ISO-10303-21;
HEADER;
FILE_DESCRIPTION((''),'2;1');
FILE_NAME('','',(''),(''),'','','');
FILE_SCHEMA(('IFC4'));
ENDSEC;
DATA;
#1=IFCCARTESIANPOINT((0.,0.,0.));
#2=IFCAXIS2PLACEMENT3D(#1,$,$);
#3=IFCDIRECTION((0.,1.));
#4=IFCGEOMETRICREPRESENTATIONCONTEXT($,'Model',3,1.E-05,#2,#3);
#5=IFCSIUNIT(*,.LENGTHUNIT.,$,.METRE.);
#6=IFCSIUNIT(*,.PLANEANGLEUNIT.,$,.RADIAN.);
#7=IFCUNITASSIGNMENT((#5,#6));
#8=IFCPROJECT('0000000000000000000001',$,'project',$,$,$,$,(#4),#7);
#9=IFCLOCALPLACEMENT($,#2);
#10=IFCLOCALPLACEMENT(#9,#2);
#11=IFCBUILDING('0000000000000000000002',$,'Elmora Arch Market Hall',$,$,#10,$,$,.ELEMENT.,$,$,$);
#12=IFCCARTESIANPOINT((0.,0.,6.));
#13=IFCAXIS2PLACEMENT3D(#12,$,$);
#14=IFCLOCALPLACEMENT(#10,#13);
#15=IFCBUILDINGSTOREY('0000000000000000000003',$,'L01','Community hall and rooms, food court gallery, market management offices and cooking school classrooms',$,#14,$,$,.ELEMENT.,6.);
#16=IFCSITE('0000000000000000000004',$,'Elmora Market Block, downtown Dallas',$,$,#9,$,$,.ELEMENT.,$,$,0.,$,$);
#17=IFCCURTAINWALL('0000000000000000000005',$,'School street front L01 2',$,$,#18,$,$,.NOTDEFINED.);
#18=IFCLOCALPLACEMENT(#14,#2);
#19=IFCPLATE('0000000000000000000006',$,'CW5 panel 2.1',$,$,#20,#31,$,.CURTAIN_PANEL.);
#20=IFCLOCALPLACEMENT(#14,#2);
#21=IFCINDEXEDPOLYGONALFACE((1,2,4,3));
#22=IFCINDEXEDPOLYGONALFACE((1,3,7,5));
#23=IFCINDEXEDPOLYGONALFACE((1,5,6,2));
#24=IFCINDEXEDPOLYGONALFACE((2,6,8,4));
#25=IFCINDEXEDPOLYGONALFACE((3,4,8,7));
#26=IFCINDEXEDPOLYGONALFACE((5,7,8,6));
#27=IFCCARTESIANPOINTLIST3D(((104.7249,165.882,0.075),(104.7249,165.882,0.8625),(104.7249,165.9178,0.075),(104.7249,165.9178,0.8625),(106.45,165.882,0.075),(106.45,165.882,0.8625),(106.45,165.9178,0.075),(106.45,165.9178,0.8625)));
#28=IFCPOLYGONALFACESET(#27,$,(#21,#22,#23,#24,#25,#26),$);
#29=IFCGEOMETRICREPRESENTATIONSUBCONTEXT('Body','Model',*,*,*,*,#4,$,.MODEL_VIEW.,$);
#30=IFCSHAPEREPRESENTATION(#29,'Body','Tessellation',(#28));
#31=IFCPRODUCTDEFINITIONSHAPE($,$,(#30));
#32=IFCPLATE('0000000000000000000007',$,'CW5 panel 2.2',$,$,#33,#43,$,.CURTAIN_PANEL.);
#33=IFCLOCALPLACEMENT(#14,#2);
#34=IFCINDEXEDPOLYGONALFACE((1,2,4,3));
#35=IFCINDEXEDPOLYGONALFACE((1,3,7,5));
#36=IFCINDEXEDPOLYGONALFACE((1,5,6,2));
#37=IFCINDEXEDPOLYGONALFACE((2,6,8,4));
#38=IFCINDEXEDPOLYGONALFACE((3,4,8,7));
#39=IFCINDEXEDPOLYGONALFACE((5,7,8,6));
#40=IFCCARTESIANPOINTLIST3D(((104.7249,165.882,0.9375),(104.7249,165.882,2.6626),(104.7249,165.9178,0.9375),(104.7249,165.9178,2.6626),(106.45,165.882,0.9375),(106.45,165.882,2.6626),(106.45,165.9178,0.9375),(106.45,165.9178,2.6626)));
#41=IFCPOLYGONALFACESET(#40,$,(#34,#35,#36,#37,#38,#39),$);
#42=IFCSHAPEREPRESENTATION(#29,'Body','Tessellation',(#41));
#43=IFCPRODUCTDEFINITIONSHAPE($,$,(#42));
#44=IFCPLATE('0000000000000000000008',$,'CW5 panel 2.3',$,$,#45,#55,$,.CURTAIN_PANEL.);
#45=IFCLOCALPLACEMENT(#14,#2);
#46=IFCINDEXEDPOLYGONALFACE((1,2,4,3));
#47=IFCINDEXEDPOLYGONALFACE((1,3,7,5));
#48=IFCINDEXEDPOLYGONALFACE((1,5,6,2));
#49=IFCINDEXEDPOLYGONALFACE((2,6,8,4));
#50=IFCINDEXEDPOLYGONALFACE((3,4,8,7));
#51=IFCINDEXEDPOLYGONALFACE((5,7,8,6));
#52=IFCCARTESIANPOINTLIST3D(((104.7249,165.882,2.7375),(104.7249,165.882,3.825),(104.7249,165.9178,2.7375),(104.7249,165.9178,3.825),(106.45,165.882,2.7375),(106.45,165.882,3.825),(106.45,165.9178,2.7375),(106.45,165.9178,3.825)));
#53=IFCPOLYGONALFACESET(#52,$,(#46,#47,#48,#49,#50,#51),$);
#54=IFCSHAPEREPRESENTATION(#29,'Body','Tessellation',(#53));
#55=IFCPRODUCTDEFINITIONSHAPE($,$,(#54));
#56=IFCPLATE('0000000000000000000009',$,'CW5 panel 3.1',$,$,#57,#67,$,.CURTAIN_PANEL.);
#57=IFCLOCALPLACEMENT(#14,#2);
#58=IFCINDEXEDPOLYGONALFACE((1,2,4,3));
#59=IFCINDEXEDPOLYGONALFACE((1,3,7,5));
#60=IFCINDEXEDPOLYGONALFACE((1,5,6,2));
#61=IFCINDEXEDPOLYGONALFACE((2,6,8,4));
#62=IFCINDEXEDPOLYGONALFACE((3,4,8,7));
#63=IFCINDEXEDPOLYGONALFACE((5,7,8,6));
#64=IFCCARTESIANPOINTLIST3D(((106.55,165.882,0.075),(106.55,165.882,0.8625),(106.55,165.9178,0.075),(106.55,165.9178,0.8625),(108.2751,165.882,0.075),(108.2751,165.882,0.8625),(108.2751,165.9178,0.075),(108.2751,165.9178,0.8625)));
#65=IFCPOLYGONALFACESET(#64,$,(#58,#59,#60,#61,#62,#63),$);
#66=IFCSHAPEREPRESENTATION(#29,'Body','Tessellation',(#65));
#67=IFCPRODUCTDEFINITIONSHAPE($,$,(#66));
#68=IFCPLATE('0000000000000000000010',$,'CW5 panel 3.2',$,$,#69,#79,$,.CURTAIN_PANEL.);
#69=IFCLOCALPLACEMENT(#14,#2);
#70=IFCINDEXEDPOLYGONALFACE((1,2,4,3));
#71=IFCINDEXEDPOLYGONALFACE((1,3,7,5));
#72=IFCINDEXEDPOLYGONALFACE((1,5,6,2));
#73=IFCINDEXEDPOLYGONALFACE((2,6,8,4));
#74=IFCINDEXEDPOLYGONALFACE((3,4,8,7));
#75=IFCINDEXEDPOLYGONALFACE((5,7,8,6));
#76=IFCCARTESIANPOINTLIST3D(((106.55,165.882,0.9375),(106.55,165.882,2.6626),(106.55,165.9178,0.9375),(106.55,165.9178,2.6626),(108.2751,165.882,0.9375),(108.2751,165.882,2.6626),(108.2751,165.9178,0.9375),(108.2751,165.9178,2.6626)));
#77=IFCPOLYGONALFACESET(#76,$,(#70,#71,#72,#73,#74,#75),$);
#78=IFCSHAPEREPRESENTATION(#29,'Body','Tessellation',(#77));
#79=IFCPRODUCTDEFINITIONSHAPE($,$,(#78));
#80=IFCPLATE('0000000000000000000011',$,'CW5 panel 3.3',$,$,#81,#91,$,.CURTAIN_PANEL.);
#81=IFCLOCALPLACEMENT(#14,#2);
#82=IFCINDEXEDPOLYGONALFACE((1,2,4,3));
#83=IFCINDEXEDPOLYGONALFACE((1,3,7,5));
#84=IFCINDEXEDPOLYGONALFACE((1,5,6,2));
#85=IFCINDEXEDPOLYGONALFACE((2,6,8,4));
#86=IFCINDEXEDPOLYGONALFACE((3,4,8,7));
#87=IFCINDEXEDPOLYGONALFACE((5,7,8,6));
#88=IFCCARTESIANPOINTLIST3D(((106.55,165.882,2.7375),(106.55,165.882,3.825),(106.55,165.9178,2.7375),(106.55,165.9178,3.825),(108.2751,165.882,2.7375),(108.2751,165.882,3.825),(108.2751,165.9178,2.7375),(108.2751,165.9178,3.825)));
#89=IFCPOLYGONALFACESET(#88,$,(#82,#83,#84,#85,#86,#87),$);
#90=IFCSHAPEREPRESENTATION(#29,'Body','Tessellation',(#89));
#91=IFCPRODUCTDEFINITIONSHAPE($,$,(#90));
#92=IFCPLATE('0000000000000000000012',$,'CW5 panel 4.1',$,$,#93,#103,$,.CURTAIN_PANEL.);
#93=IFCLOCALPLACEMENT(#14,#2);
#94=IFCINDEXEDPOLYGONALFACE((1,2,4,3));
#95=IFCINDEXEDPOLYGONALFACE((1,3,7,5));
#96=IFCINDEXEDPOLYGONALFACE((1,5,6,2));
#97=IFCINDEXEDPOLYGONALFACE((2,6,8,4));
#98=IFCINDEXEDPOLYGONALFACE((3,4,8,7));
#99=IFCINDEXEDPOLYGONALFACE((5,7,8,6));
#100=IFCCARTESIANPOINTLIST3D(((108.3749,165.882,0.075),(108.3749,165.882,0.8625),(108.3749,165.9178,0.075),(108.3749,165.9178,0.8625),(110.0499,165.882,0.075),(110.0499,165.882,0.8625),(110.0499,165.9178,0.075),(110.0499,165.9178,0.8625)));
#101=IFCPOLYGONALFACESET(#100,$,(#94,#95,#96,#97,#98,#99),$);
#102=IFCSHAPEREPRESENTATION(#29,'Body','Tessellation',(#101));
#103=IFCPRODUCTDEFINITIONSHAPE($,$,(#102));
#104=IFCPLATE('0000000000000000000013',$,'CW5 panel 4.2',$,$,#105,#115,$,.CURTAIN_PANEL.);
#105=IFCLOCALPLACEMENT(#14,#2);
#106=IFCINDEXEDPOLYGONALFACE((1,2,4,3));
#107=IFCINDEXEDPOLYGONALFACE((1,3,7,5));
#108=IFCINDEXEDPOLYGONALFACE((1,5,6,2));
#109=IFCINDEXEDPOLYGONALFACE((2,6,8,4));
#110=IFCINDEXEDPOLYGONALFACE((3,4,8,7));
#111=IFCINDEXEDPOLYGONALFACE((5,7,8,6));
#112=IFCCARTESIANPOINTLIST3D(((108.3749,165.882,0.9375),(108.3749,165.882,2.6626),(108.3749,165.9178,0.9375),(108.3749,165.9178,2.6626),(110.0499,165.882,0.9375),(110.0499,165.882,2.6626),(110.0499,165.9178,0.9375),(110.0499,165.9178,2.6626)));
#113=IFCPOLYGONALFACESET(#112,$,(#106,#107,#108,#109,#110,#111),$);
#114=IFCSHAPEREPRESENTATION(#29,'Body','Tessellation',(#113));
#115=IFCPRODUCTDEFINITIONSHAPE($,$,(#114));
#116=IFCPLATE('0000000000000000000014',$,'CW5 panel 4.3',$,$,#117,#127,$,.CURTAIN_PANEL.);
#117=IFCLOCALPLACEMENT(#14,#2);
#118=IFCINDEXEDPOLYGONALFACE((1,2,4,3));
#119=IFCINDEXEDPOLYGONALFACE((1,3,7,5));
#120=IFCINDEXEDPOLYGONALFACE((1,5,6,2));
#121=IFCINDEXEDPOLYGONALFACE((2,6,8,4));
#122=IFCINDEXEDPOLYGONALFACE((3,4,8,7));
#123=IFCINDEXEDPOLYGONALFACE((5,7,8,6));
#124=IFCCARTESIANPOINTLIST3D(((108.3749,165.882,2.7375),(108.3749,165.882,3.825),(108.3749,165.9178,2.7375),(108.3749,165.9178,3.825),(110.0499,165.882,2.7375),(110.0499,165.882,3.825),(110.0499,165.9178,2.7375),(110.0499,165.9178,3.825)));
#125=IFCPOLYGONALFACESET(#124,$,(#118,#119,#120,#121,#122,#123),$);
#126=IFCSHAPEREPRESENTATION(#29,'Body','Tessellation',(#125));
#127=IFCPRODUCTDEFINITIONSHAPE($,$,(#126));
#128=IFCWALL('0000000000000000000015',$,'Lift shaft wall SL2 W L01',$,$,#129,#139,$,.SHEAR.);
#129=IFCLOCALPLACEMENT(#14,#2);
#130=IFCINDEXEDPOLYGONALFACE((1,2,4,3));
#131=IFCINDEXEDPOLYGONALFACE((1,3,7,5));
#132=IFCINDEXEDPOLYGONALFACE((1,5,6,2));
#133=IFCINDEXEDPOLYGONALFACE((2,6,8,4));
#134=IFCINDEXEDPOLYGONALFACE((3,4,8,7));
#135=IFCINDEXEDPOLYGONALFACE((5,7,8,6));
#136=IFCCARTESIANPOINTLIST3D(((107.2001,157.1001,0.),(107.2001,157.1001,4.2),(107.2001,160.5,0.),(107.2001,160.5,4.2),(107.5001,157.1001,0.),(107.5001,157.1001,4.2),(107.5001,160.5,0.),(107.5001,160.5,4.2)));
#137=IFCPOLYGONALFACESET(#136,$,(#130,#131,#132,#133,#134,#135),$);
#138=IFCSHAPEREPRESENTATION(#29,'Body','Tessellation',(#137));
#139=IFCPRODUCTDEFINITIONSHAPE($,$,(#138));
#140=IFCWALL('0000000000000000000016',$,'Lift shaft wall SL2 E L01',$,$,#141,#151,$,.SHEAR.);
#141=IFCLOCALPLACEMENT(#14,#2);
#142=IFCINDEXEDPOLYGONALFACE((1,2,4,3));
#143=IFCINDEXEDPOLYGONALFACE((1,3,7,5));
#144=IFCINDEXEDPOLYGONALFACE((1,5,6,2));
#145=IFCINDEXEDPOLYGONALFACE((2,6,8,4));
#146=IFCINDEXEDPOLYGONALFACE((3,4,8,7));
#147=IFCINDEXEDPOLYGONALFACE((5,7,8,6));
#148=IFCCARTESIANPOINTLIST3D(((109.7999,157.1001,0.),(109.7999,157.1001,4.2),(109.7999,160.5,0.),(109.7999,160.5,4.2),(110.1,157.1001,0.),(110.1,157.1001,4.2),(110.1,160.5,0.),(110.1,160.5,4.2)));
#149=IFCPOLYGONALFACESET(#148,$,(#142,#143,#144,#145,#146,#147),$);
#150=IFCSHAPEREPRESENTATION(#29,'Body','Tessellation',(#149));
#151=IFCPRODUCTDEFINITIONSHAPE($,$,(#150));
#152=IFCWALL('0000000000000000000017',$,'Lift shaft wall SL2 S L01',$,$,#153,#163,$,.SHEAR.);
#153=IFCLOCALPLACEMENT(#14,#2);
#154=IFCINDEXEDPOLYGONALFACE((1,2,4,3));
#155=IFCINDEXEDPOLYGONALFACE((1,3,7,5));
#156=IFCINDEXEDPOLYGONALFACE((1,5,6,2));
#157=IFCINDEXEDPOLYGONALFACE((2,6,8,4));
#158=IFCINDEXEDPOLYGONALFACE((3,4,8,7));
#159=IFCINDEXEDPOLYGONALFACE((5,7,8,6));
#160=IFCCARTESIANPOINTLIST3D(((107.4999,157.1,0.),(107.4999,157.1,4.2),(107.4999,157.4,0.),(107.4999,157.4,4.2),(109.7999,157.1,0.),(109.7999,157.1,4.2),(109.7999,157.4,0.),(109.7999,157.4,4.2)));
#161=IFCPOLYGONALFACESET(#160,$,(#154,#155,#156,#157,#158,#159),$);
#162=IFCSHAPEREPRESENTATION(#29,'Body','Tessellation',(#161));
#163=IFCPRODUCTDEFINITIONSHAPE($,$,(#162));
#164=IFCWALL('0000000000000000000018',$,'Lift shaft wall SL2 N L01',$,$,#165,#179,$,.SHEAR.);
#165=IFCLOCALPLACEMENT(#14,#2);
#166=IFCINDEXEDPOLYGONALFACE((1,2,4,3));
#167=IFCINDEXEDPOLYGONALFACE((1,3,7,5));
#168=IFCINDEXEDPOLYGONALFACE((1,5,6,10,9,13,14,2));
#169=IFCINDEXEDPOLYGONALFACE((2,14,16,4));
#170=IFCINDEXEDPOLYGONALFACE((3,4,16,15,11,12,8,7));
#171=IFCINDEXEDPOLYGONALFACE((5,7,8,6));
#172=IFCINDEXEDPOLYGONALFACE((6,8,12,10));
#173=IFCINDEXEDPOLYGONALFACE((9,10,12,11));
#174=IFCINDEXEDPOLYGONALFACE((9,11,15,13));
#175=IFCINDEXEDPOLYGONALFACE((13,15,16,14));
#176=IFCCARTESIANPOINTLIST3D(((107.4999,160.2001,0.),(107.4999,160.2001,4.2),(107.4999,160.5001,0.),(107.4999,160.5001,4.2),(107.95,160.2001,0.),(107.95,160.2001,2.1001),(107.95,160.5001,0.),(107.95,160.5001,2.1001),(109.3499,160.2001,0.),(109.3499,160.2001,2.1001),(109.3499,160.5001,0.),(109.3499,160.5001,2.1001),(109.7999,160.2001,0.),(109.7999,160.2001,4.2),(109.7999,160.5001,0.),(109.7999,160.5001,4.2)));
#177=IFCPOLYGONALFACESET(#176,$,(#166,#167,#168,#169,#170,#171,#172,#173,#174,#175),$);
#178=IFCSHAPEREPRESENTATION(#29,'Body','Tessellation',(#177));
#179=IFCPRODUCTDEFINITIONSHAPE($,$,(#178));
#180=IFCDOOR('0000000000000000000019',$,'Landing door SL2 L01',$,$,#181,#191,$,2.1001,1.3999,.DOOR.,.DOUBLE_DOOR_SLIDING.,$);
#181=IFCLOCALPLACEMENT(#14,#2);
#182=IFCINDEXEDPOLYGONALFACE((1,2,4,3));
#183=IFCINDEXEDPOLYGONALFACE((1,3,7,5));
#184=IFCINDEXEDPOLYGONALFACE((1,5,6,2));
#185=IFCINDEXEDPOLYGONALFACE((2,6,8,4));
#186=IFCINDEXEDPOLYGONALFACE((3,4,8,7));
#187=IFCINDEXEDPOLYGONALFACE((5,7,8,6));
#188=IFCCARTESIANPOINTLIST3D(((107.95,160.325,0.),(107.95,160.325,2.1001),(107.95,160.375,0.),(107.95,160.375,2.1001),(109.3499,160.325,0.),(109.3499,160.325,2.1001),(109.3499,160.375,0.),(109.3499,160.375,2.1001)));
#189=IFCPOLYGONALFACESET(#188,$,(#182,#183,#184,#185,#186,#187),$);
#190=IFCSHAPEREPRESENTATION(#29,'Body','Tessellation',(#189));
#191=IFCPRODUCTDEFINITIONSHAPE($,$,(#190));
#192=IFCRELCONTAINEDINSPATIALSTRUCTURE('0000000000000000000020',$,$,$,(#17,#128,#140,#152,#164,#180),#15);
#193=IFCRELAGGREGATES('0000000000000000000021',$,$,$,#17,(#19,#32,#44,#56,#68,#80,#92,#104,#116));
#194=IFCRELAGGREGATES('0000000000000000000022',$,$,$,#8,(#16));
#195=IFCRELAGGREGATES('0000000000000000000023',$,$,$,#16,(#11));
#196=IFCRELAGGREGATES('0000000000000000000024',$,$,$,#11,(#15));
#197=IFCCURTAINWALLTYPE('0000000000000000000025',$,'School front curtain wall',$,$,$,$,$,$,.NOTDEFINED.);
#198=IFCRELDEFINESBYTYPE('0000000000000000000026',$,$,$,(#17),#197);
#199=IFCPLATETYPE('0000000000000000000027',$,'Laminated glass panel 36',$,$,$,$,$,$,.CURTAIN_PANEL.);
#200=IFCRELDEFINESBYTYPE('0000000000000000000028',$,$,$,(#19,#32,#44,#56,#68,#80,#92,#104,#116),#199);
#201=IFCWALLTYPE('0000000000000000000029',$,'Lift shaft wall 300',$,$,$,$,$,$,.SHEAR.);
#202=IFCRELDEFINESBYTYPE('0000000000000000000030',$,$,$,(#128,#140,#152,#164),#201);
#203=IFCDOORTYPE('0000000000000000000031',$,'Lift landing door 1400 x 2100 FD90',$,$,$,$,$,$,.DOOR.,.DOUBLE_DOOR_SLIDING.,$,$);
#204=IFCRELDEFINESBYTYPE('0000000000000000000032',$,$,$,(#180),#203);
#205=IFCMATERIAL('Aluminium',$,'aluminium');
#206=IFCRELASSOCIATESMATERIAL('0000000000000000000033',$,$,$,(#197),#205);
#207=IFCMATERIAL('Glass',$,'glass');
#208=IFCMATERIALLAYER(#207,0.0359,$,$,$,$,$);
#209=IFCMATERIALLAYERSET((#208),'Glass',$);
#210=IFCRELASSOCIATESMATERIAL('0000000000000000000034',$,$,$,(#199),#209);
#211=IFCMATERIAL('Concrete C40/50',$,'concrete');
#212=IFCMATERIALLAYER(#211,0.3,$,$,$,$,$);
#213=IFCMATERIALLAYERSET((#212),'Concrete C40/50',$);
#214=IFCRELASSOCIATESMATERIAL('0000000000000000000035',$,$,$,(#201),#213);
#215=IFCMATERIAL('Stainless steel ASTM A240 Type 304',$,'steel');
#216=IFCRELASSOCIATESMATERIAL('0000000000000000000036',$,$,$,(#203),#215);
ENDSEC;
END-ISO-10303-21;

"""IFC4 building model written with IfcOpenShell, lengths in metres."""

from ifc_helpers import new_model, si_unit, direction, frame, frame_2d, origin, origin_2d, place, context, subcontext, project, spatial, rectangle, extrude, material, layer, layer_set, type_object, element, fill, aggregate, save


model = new_model("IFC4")

# Units and contexts
model_context = context("Model", 3, precision=1e-05, world=origin(), true_north=direction((0.0, 1.0)))
body_context = subcontext(model_context, "Body", "Model", "MODEL_VIEW")
ifc_project = project(units=[si_unit("LENGTHUNIT", "METRE"), si_unit("PLANEANGLEUNIT", "RADIAN")], contexts=[model_context])

# Site, building, storey
site_placement = place(None, origin())
site = spatial("IfcSite", under=ifc_project, at=site_placement, Name="Elmora Market Block, downtown Dallas", CompositionType="ELEMENT", RefElevation=0.0)
building_placement = place(site_placement, origin())
building = spatial("IfcBuilding", under=site, at=building_placement, Name="Elmora Arch Market Hall", CompositionType="ELEMENT")
storey_placement = place(building_placement, frame((0.0, 0.0, 6.0)))
storey = spatial("IfcBuildingStorey", under=building, at=storey_placement, Name="L01", Description="Community hall and rooms, food court gallery, market management offices and cooking school classrooms", CompositionType="ELEMENT", Elevation=6.0)

# Curtain wall, plates
ifc_material_1 = material(Name="Aluminium", Category="aluminium")
curtain_wall_type = type_object("IfcCurtainWallType", Name="School front curtain wall", PredefinedType="NOTDEFINED", material=ifc_material_1)
curtain_wall_placement = place(storey_placement, origin())
curtain_wall = element("IfcCurtainWall", 1, at=curtain_wall_placement, inside=storey, type_object=curtain_wall_type, Name="School street front L01 2", PredefinedType="NOTDEFINED")
ifc_material_2 = material(Name="Glass", Category="glass")
ifc_layer_1 = layer(ifc_material_2, 0.0359)
ifc_layer_set_1 = layer_set([ifc_layer_1], Name="Glass")
plate_type = type_object("IfcPlateType", Name="Laminated glass panel 36", PredefinedType="CURTAIN_PANEL", material=ifc_layer_set_1)
plate_1_placement = place(storey_placement, frame((105.5874, 165.8999, 0.075), z_axis=(0.0, 0.0, 1.0), x_axis=(1.0, 0.0, 0.0)))
plate_1 = element("IfcPlate", 2, at=plate_1_placement, type_object=plate_type, Name="CW5 panel 2.1", PredefinedType="CURTAIN_PANEL", context=body_context, shape_type="SweptSolid", body=[
    extrude(rectangle(XDim=1.7251, YDim=0.0359, at=origin_2d()), origin(), (0.0, 0.0, 1.0), 0.7876),
])
plate_2_placement = place(storey_placement, frame((105.5874, 165.8999, 0.9375), z_axis=(0.0, 0.0, 1.0), x_axis=(1.0, 0.0, 0.0)))
plate_2 = element("IfcPlate", 3, at=plate_2_placement, type_object=plate_type, Name="CW5 panel 2.2", PredefinedType="CURTAIN_PANEL", context=body_context, shape_type="SweptSolid", body=[
    extrude(rectangle(XDim=1.7251, YDim=0.0359, at=origin_2d()), origin(), (0.0, 0.0, 1.0), 1.7251),
])
plate_3_placement = place(storey_placement, frame((105.5874, 165.8999, 2.7375), z_axis=(0.0, 0.0, 1.0), x_axis=(1.0, 0.0, 0.0)))
plate_3 = element("IfcPlate", 4, at=plate_3_placement, type_object=plate_type, Name="CW5 panel 2.3", PredefinedType="CURTAIN_PANEL", context=body_context, shape_type="SweptSolid", body=[
    extrude(rectangle(XDim=1.7251, YDim=0.0359, at=origin_2d()), origin(), (0.0, 0.0, 1.0), 1.0874),
])
plate_4_placement = place(storey_placement, frame((107.4126, 165.8999, 0.075), z_axis=(0.0, 0.0, 1.0), x_axis=(1.0, 0.0, 0.0)))
plate_4 = element("IfcPlate", 5, at=plate_4_placement, type_object=plate_type, Name="CW5 panel 3.1", PredefinedType="CURTAIN_PANEL", context=body_context, shape_type="SweptSolid", body=[
    extrude(rectangle(XDim=1.7251, YDim=0.0359, at=origin_2d()), origin(), (0.0, 0.0, 1.0), 0.7876),
])
plate_5_placement = place(storey_placement, frame((107.4126, 165.8999, 0.9375), z_axis=(0.0, 0.0, 1.0), x_axis=(1.0, 0.0, 0.0)))
plate_5 = element("IfcPlate", 6, at=plate_5_placement, type_object=plate_type, Name="CW5 panel 3.2", PredefinedType="CURTAIN_PANEL", context=body_context, shape_type="SweptSolid", body=[
    extrude(rectangle(XDim=1.7251, YDim=0.0359, at=origin_2d()), origin(), (0.0, 0.0, 1.0), 1.7251),
])
plate_6_placement = place(storey_placement, frame((107.4126, 165.8999, 2.7375), z_axis=(0.0, 0.0, 1.0), x_axis=(1.0, 0.0, 0.0)))
plate_6 = element("IfcPlate", 7, at=plate_6_placement, type_object=plate_type, Name="CW5 panel 3.3", PredefinedType="CURTAIN_PANEL", context=body_context, shape_type="SweptSolid", body=[
    extrude(rectangle(XDim=1.7251, YDim=0.0359, at=origin_2d()), origin(), (0.0, 0.0, 1.0), 1.0874),
])
plate_7_placement = place(storey_placement, frame((109.2124, 165.8999, 0.075), z_axis=(0.0, 0.0, 1.0), x_axis=(1.0, 0.0, 0.0)))
plate_7 = element("IfcPlate", 8, at=plate_7_placement, type_object=plate_type, Name="CW5 panel 4.1", PredefinedType="CURTAIN_PANEL", context=body_context, shape_type="SweptSolid", body=[
    extrude(rectangle(XDim=1.675, YDim=0.0359, at=origin_2d()), origin(), (0.0, 0.0, 1.0), 0.7876),
])
plate_8_placement = place(storey_placement, frame((109.2124, 165.8999, 0.9375), z_axis=(0.0, 0.0, 1.0), x_axis=(1.0, 0.0, 0.0)))
plate_8 = element("IfcPlate", 9, at=plate_8_placement, type_object=plate_type, Name="CW5 panel 4.2", PredefinedType="CURTAIN_PANEL", context=body_context, shape_type="SweptSolid", body=[
    extrude(rectangle(XDim=1.675, YDim=0.0359, at=origin_2d()), origin(), (0.0, 0.0, 1.0), 1.7251),
])
plate_9_placement = place(storey_placement, frame((109.2124, 165.8999, 2.7375), z_axis=(0.0, 0.0, 1.0), x_axis=(1.0, 0.0, 0.0)))
plate_9 = element("IfcPlate", 10, at=plate_9_placement, type_object=plate_type, Name="CW5 panel 4.3", PredefinedType="CURTAIN_PANEL", context=body_context, shape_type="SweptSolid", body=[
    extrude(rectangle(XDim=1.675, YDim=0.0359, at=origin_2d()), origin(), (0.0, 0.0, 1.0), 1.0874),
])
aggregate(curtain_wall, [plate_1, plate_2, plate_3, plate_4, plate_5, plate_6, plate_7, plate_8, plate_9])

# Walls
ifc_material_3 = material(Name="Concrete C40/50", Category="concrete")
ifc_layer_2 = layer(ifc_material_3, 0.3)
ifc_layer_set_2 = layer_set([ifc_layer_2], Name="Concrete C40/50")
wall_type = type_object("IfcWallType", Name="Lift shaft wall 300", PredefinedType="SHEAR", material=ifc_layer_set_2)
for number, where, z_axis, x_axis, name in (
    (11, (107.3501, 157.1001, 0.0), (0.0, 0.0, 1.0), (0.0, 1.0, 0.0), "Lift shaft wall SL2 W L01"),
    (12, (109.95, 157.1001, 0.0), (0.0, 0.0, 1.0), (0.0, 1.0, 0.0), "Lift shaft wall SL2 E L01"),
):
    element("IfcWall", number, at=place(storey_placement, frame(where, z_axis=z_axis, x_axis=x_axis)), inside=storey, type_object=wall_type, Name=name, PredefinedType="SHEAR", context=body_context, shape_type="SweptSolid", body=[
        extrude(rectangle(XDim=3.3999, YDim=0.3, at=frame_2d((1.7, 0.0))), origin(), (0.0, 0.0, 1.0), 4.2),
    ])
wall_1_placement = place(storey_placement, frame((107.5, 157.25, 0.0), z_axis=(0.0, 0.0, 1.0), x_axis=(1.0, 0.0, 0.0)))
element("IfcWall", 13, at=wall_1_placement, inside=storey, type_object=wall_type, Name="Lift shaft wall SL2 S L01", PredefinedType="SHEAR", context=body_context, shape_type="SweptSolid", body=[
    extrude(rectangle(XDim=2.3, YDim=0.3, at=frame_2d((1.1499, 0.0))), origin(), (0.0, 0.0, 1.0), 4.2),
])

# Wall, opening, door
wall_2_placement = place(storey_placement, frame((107.5, 160.3501, 0.0), z_axis=(0.0, 0.0, 1.0), x_axis=(1.0, 0.0, 0.0)))
wall_2 = element("IfcWall", 14, at=wall_2_placement, inside=storey, type_object=wall_type, Name="Lift shaft wall SL2 N L01", PredefinedType="SHEAR", context=body_context, shape_type="SweptSolid", body=[
    extrude(rectangle(XDim=2.3, YDim=0.3, at=frame_2d((1.1499, 0.0))), origin(), (0.0, 0.0, 1.0), 4.2),
])
opening_placement = place(wall_2_placement, frame((0.45, 0.0, 0.0)))
opening = element("IfcOpeningElement", 15, at=opening_placement, cuts=wall_2, PredefinedType="OPENING", context=body_context, shape_type="SweptSolid", body=[
    extrude(rectangle(XDim=1.3999, YDim=2.1001, at=frame_2d((0.7, 1.05))), frame((0.0, 0.1599, 0.0), z_axis=(0.0, -1.0, 0.0), x_axis=(1.0, 0.0, 0.0)), (0.0, 0.0, 1.0), 0.3201),
])
ifc_material_4 = material(Name="Stainless steel ASTM A240 Type 304", Category="steel")
door_type = type_object("IfcDoorType", Name="Lift landing door 1400 x 2100 FD90", OperationType="DOUBLE_DOOR_SLIDING", PredefinedType="DOOR", material=ifc_material_4)
door_placement = place(opening_placement, origin())
door = element("IfcDoor", 16, at=door_placement, inside=storey, type_object=door_type, Name="Landing door SL2 L01", OperationType="DOUBLE_DOOR_SLIDING", OverallHeight=2.1001, OverallWidth=1.3999, PredefinedType="DOOR", context=body_context, shape_type="SweptSolid", body=[
    extrude(rectangle(XDim=1.3999, YDim=2.1001, at=frame_2d((0.7, 1.05))), frame((0.0, 0.0249, 0.0), z_axis=(0.0, -1.0, 0.0), x_axis=(1.0, 0.0, 0.0)), (0.0, 0.0, 1.0), 0.05),
])
fill(opening, door)

save(model, "model.ifc")
